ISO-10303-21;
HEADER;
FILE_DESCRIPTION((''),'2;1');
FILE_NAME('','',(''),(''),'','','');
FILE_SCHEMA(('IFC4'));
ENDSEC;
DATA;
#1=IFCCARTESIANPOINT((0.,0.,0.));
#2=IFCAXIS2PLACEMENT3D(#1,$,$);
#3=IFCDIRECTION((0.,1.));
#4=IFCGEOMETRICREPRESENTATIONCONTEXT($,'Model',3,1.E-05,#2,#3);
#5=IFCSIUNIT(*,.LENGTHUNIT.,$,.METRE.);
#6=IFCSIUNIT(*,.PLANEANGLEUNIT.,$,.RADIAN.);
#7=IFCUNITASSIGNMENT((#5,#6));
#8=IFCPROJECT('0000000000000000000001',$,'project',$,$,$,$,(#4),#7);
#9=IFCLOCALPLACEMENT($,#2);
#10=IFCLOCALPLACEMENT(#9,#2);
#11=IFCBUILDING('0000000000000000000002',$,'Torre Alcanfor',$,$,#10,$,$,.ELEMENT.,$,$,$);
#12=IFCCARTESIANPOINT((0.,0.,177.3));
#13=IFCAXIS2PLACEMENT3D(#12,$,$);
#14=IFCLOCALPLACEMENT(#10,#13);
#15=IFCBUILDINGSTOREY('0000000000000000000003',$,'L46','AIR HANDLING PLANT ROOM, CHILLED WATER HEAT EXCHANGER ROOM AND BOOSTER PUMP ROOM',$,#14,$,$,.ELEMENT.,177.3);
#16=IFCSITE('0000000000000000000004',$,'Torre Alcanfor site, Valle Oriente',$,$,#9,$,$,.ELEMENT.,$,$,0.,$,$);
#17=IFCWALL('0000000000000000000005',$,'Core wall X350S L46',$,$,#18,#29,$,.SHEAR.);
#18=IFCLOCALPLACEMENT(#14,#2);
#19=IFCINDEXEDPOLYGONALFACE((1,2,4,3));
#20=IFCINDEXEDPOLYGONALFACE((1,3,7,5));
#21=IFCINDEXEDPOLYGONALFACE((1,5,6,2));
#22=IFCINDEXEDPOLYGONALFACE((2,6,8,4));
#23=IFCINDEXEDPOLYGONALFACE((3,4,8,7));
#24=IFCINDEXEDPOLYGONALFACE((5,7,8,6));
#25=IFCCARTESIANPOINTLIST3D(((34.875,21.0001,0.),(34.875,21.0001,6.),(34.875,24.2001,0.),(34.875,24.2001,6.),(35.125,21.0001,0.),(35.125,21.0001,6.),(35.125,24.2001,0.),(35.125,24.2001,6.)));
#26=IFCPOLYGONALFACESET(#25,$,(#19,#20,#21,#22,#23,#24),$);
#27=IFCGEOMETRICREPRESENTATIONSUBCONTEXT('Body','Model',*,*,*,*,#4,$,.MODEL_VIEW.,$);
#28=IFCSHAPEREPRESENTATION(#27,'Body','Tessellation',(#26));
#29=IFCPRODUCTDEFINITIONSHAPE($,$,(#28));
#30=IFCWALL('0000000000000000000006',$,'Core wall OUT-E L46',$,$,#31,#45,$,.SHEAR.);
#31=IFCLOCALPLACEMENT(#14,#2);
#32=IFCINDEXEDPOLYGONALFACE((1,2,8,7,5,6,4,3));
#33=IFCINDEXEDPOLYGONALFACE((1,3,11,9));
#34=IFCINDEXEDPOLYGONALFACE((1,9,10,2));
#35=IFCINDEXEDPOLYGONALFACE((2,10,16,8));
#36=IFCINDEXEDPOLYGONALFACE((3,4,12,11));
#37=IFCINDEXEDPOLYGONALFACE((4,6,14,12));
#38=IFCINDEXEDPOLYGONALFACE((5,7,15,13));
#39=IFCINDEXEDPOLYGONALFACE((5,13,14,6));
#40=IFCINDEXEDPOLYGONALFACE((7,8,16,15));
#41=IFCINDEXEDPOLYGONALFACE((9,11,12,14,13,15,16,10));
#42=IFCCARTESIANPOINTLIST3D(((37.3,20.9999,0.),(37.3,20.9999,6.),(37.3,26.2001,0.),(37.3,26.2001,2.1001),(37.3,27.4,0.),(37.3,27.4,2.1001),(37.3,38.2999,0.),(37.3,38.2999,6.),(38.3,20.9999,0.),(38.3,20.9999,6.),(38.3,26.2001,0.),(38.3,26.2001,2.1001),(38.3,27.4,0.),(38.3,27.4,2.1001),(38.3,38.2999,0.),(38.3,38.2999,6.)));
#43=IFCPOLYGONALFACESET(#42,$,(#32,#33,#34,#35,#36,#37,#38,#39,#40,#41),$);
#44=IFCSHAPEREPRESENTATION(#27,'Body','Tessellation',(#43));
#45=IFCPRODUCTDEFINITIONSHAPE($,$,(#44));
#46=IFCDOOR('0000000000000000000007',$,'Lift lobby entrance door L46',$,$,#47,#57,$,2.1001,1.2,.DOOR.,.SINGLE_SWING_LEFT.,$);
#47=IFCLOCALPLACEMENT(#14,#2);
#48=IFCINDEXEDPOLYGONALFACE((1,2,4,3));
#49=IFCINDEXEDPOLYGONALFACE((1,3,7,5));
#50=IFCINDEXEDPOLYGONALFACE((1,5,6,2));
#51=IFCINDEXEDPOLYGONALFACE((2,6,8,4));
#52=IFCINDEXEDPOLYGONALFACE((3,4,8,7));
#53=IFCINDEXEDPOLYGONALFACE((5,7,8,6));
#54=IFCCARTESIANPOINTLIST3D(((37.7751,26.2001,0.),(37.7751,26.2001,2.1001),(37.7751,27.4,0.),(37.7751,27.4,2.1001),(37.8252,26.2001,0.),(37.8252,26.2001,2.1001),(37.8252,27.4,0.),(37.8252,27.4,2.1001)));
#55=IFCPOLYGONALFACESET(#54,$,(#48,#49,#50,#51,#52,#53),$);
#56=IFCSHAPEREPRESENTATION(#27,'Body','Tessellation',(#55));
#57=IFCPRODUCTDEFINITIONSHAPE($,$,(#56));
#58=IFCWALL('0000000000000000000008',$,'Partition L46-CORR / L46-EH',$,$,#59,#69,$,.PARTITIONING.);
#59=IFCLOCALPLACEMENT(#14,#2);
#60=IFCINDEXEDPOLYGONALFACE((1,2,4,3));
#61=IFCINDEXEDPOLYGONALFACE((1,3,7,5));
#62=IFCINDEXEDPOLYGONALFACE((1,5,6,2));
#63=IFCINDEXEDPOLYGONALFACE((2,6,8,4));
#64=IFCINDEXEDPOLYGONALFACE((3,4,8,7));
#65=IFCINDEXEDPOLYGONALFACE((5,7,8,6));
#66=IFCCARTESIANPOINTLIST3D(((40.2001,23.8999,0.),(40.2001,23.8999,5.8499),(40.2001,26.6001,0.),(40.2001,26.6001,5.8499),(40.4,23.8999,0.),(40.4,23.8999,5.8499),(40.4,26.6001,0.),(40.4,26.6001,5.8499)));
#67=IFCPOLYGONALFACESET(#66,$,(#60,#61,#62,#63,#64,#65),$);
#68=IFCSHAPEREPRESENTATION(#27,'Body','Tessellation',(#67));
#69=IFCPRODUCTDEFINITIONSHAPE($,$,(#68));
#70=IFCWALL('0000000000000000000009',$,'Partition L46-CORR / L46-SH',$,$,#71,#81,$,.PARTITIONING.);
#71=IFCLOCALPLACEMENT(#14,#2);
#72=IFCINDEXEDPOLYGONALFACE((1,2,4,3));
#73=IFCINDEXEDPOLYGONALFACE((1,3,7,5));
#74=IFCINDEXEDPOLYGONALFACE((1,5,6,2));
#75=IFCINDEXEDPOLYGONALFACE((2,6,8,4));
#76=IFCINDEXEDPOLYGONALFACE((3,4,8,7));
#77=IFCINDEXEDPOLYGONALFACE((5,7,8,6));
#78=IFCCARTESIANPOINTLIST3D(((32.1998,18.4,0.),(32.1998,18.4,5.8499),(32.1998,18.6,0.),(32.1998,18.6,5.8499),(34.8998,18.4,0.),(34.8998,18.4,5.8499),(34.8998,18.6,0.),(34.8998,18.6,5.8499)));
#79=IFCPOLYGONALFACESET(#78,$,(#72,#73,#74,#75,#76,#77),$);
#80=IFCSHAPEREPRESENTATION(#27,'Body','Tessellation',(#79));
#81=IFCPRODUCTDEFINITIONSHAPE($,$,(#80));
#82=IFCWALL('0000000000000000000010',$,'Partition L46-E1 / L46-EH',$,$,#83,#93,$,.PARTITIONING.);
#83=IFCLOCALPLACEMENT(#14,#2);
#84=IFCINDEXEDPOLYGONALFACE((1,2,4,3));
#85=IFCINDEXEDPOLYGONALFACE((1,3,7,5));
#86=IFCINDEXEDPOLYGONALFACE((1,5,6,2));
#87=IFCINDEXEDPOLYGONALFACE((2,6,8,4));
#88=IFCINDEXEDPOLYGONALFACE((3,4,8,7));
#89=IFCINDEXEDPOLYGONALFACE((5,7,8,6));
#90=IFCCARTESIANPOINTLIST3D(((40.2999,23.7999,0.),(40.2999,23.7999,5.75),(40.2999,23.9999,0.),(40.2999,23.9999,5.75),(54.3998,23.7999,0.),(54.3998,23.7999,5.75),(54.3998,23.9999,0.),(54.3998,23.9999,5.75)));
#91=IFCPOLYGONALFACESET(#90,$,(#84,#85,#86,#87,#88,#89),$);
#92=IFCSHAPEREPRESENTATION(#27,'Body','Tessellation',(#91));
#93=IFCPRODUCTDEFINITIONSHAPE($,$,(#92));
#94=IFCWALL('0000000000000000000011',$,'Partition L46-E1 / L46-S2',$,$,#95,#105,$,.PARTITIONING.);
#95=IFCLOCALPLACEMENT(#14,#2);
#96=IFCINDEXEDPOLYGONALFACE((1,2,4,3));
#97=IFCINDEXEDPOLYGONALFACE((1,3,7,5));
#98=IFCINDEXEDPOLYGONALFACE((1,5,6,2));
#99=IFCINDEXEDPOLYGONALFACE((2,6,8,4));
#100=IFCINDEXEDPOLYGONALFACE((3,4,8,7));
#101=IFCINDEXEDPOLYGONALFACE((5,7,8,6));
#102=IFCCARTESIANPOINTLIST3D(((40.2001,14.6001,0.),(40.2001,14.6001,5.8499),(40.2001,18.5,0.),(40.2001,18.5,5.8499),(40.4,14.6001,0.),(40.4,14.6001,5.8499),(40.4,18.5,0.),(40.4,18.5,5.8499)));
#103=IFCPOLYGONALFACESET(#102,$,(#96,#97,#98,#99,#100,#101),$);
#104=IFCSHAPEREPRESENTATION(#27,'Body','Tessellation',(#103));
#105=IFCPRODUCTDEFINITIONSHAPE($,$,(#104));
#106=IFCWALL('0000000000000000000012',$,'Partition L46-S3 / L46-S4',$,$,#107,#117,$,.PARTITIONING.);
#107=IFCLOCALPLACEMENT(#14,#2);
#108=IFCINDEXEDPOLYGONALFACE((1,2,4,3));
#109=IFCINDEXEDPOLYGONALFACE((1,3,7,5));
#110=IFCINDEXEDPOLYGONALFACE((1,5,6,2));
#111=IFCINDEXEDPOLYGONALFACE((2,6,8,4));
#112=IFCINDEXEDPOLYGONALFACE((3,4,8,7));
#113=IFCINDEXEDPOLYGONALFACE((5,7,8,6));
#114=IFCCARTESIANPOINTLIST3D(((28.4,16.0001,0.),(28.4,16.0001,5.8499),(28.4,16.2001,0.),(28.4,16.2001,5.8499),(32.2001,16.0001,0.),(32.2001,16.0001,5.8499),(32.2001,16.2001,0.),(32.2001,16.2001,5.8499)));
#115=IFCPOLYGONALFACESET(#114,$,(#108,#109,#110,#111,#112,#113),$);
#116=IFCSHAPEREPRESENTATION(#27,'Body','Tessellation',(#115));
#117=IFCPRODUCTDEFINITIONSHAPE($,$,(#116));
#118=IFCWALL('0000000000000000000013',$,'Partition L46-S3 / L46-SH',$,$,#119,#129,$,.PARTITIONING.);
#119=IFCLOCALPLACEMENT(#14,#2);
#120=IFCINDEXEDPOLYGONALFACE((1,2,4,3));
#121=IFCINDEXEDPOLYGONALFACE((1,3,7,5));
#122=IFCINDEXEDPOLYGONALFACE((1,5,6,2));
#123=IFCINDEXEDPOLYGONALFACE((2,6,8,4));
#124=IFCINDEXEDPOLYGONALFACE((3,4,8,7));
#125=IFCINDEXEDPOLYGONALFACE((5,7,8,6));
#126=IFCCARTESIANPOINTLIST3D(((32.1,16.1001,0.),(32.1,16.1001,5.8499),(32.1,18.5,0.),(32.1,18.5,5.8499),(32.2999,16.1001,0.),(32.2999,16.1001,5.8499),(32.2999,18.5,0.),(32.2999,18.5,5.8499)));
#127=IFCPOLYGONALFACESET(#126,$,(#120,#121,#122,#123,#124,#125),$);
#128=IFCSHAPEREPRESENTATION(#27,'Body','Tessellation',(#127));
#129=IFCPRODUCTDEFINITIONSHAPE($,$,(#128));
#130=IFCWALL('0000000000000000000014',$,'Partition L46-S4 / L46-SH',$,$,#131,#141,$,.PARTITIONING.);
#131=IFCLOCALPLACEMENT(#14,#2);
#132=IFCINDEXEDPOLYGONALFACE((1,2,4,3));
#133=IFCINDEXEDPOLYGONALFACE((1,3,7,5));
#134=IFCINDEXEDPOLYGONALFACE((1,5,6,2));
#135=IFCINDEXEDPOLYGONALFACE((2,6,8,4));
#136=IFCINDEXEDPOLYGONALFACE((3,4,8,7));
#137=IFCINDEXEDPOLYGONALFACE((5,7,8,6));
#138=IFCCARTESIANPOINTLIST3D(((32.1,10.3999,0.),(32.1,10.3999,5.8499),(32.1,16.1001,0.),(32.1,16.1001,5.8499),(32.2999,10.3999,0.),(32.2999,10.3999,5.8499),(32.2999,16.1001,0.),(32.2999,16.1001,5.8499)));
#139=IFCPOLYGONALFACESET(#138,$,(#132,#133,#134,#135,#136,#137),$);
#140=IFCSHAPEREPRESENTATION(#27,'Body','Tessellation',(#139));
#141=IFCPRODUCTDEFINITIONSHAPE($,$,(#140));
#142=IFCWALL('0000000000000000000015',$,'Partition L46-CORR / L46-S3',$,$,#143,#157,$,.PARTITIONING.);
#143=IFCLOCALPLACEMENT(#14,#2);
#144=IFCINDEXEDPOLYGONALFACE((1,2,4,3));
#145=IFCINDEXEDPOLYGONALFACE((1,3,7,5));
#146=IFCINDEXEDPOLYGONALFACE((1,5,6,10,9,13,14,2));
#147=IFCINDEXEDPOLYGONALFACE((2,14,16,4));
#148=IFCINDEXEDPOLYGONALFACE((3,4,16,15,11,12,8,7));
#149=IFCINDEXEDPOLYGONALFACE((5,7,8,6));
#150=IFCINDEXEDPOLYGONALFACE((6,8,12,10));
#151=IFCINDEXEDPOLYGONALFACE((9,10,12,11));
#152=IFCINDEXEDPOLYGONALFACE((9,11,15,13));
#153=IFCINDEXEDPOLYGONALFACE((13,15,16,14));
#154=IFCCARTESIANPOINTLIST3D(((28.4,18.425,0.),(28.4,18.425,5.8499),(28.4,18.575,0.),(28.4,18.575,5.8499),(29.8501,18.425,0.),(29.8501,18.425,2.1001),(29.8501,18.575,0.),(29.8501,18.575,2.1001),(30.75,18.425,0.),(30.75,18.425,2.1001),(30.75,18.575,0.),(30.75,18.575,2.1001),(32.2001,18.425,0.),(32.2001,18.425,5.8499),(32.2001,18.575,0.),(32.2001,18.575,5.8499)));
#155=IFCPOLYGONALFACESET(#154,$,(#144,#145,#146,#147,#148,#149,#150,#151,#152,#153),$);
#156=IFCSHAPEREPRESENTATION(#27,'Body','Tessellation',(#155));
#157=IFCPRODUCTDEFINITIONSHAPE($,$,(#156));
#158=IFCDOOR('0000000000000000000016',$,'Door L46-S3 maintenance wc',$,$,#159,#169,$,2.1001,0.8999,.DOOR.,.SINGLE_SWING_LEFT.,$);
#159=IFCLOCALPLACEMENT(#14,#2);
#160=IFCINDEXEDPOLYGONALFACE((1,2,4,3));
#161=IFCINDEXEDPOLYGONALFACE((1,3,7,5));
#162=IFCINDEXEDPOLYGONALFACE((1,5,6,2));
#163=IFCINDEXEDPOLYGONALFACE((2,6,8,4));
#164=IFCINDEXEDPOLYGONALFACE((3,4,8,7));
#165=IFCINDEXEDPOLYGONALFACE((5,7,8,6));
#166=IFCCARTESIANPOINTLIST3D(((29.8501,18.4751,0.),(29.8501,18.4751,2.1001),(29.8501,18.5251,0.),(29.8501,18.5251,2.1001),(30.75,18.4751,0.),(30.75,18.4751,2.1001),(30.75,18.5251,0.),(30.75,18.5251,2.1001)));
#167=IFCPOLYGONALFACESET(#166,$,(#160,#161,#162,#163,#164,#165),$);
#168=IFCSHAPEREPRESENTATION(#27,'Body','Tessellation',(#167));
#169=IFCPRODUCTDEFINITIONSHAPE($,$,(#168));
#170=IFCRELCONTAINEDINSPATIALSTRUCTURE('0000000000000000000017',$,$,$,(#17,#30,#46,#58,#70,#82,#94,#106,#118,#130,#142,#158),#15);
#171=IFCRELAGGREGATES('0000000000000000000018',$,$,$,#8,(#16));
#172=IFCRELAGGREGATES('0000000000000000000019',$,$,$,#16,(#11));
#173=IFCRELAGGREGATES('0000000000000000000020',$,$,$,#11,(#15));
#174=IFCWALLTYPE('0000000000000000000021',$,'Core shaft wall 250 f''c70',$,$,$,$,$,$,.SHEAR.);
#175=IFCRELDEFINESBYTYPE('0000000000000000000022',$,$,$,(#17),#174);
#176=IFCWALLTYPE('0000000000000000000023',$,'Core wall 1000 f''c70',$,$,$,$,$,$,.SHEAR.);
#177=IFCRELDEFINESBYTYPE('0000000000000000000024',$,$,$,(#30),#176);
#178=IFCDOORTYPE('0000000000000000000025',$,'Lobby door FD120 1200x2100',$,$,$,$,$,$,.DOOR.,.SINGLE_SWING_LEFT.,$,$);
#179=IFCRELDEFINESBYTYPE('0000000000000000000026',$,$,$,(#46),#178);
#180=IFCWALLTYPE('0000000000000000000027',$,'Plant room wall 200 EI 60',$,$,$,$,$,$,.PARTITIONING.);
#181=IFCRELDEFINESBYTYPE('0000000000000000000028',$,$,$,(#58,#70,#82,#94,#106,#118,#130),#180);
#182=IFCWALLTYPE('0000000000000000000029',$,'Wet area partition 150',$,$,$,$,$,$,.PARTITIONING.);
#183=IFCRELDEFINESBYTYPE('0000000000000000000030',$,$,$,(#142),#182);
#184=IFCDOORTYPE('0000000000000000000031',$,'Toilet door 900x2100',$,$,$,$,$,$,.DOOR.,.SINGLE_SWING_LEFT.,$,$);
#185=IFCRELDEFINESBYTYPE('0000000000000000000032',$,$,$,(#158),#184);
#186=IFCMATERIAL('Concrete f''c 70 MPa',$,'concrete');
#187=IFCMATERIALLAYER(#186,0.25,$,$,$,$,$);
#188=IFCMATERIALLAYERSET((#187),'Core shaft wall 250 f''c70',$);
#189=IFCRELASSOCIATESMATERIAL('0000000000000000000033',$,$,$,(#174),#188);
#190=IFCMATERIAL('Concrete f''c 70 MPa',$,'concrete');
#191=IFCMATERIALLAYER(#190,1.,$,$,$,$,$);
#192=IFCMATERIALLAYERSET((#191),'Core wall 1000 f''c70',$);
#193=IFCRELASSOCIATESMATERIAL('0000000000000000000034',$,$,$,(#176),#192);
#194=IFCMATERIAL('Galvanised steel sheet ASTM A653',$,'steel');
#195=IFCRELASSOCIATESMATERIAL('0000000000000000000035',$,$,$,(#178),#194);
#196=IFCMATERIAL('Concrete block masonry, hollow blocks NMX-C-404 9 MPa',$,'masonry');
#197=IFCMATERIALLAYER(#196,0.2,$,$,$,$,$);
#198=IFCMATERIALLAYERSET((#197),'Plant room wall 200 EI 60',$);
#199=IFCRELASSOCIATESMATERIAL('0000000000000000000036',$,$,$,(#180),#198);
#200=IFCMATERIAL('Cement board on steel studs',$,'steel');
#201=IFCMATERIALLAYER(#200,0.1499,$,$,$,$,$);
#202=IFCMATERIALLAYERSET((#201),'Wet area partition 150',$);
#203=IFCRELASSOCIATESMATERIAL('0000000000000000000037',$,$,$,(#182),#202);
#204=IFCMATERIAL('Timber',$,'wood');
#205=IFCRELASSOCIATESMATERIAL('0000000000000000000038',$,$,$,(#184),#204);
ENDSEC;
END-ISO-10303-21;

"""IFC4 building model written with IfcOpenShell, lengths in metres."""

from ifc_helpers import new_model, si_unit, direction, frame, frame_2d, origin, place, context, subcontext, project, spatial, rectangle, extrude, material, layer, layer_set, type_object, element, fill, save


model = new_model("IFC4")

# Units and contexts
model_context = context("Model", 3, precision=1e-05, world=origin(), true_north=direction((0.0, 1.0)))
body_context = subcontext(model_context, "Body", "Model", "MODEL_VIEW")
ifc_project = project(units=[si_unit("LENGTHUNIT", "METRE"), si_unit("PLANEANGLEUNIT", "RADIAN")], contexts=[model_context])

# Site, building, storey
site_placement = place(None, origin())
site = spatial("IfcSite", under=ifc_project, at=site_placement, Name="Torre Alcanfor site, Valle Oriente", CompositionType="ELEMENT", RefElevation=0.0)
building_placement = place(site_placement, origin())
building = spatial("IfcBuilding", under=site, at=building_placement, Name="Torre Alcanfor", CompositionType="ELEMENT")
storey_placement = place(building_placement, frame((0.0, 0.0, 177.3)))
storey = spatial("IfcBuildingStorey", under=building, at=storey_placement, Name="L46", Description="AIR HANDLING PLANT ROOM, CHILLED WATER HEAT EXCHANGER ROOM AND BOOSTER PUMP ROOM", CompositionType="ELEMENT", Elevation=177.3)

# Wall
ifc_material_1 = material(Name="Concrete f'c 70 MPa", Category="concrete")
ifc_layer_1 = layer(ifc_material_1, 0.25)
ifc_layer_set_1 = layer_set([ifc_layer_1], Name="Core shaft wall 250 f'c70")
wall_type_1 = type_object("IfcWallType", Name="Core shaft wall 250 f'c70", PredefinedType="SHEAR", material=ifc_layer_set_1)
for number, where, z_axis, x_axis, name in (
    (1, (35.0, 21.0, 0.0), (0.0, 0.0, 1.0), (0.0, 1.0, 0.0), "Core wall X350S L46"),
):
    element("IfcWall", number, at=place(storey_placement, frame(where, z_axis=z_axis, x_axis=x_axis)), inside=storey, type_object=wall_type_1, Name=name, PredefinedType="SHEAR", context=body_context, shape_type="SweptSolid", body=[
        extrude(rectangle(XDim=3.2, YDim=0.25, at=frame_2d((1.6001, 0.0))), origin(), (0.0, 0.0, 1.0), 6.0),
    ])

# Wall, opening, door
ifc_material_2 = material(Name="Concrete f'c 70 MPa", Category="concrete")
ifc_layer_2 = layer(ifc_material_2, 1.0)
ifc_layer_set_2 = layer_set([ifc_layer_2], Name="Core wall 1000 f'c70")
wall_type_2 = type_object("IfcWallType", Name="Core wall 1000 f'c70", PredefinedType="SHEAR", material=ifc_layer_set_2)
wall_1_placement = place(storey_placement, frame((37.8, 21.0, 0.0), z_axis=(0.0, 0.0, 1.0), x_axis=(0.0, 1.0, 0.0)))
wall_1 = element("IfcWall", 2, at=wall_1_placement, inside=storey, type_object=wall_type_2, Name="Core wall OUT-E L46", PredefinedType="SHEAR", context=body_context, shape_type="SweptSolid", body=[
    extrude(rectangle(XDim=17.3, YDim=1.0, at=frame_2d((8.6499, 0.0))), origin(), (0.0, 0.0, 1.0), 6.0),
])
opening_1_placement = place(wall_1_placement, frame((5.2, 0.0, 0.0)))
opening_1 = element("IfcOpeningElement", 3, at=opening_1_placement, cuts=wall_1, PredefinedType="OPENING", context=body_context, shape_type="SweptSolid", body=[
    extrude(rectangle(XDim=1.2, YDim=2.1001, at=frame_2d((0.6001, 1.05))), frame((0.0, 0.51, 0.0), z_axis=(0.0, -1.0, 0.0), x_axis=(1.0, 0.0, 0.0)), (0.0, 0.0, 1.0), 1.02),
])
ifc_material_3 = material(Name="Galvanised steel sheet ASTM A653", Category="steel")
door_type_1 = type_object("IfcDoorType", Name="Lobby door FD120 1200x2100", OperationType="SINGLE_SWING_LEFT", PredefinedType="DOOR", material=ifc_material_3)
door_1_placement = place(opening_1_placement, origin())
door_1 = element("IfcDoor", 4, at=door_1_placement, inside=storey, type_object=door_type_1, Name="Lift lobby entrance door L46", OperationType="SINGLE_SWING_LEFT", OverallHeight=2.1001, OverallWidth=1.2, PredefinedType="DOOR", context=body_context, shape_type="SweptSolid", body=[
    extrude(rectangle(XDim=1.2, YDim=2.1001, at=frame_2d((0.6001, 1.05))), frame((0.0, 0.0249, 0.0), z_axis=(0.0, -1.0, 0.0), x_axis=(1.0, 0.0, 0.0)), (0.0, 0.0, 1.0), 0.05),
])
fill(opening_1, door_1)
ifc_material_4 = material(Name="Concrete block masonry, hollow blocks NMX-C-404 9 MPa", Category="masonry")
ifc_layer_3 = layer(ifc_material_4, 0.2)
ifc_layer_set_3 = layer_set([ifc_layer_3], Name="Plant room wall 200 EI 60")
wall_type_3 = type_object("IfcWallType", Name="Plant room wall 200 EI 60", PredefinedType="PARTITIONING", material=ifc_layer_set_3)

# Wall
wall_2_placement = place(storey_placement, frame((40.3, 26.6001, 0.0), z_axis=(0.0, 0.0, 1.0), x_axis=(0.0, -1.0, 0.0)))
element("IfcWall", 5, at=wall_2_placement, inside=storey, type_object=wall_type_3, Name="Partition L46-CORR / L46-EH", PredefinedType="PARTITIONING", context=body_context, shape_type="SweptSolid", body=[
    extrude(rectangle(XDim=2.7002, YDim=0.2, at=frame_2d((1.3501, 0.0))), origin(), (0.0, 0.0, 1.0), 5.8499),
])

# Walls
wall_3_placement = place(storey_placement, frame((34.8999, 18.5, 0.0), z_axis=(0.0, 0.0, 1.0), x_axis=(-1.0, 0.0, 0.0)))
element("IfcWall", 6, at=wall_3_placement, inside=storey, type_object=wall_type_3, Name="Partition L46-CORR / L46-SH", PredefinedType="PARTITIONING", context=body_context, shape_type="SweptSolid", body=[
    extrude(rectangle(XDim=2.7, YDim=0.2, at=frame_2d((1.3501, 0.0))), origin(), (0.0, 0.0, 1.0), 5.8499),
])
wall_4_placement = place(storey_placement, frame((40.3, 23.8999, 0.0), z_axis=(0.0, 0.0, 1.0), x_axis=(1.0, 0.0, 0.0)))
element("IfcWall", 7, at=wall_4_placement, inside=storey, type_object=wall_type_3, Name="Partition L46-E1 / L46-EH", PredefinedType="PARTITIONING", context=body_context, shape_type="SweptSolid", body=[
    extrude(rectangle(XDim=14.0999, YDim=0.2, at=frame_2d((7.0498, 0.0))), origin(), (0.0, 0.0, 1.0), 5.75),
])
wall_5_placement = place(storey_placement, frame((40.3, 14.6001, 0.0), z_axis=(0.0, 0.0, 1.0), x_axis=(0.0, 1.0, 0.0)))
element("IfcWall", 8, at=wall_5_placement, inside=storey, type_object=wall_type_3, Name="Partition L46-E1 / L46-S2", PredefinedType="PARTITIONING", context=body_context, shape_type="SweptSolid", body=[
    extrude(rectangle(XDim=3.8999, YDim=0.2, at=frame_2d((1.95, 0.0))), origin(), (0.0, 0.0, 1.0), 5.8499),
])

# Walls
wall_6_placement = place(storey_placement, frame((32.2, 16.1001, 0.0), z_axis=(0.0, 0.0, 1.0), x_axis=(-1.0, 0.0, 0.0)))
element("IfcWall", 9, at=wall_6_placement, inside=storey, type_object=wall_type_3, Name="Partition L46-S3 / L46-S4", PredefinedType="PARTITIONING", context=body_context, shape_type="SweptSolid", body=[
    extrude(rectangle(XDim=3.8, YDim=0.2, at=frame_2d((1.8999, 0.0))), origin(), (0.0, 0.0, 1.0), 5.8499),
])
wall_7_placement = place(storey_placement, frame((32.2, 18.5, 0.0), z_axis=(0.0, 0.0, 1.0), x_axis=(0.0, -1.0, 0.0)))
element("IfcWall", 10, at=wall_7_placement, inside=storey, type_object=wall_type_3, Name="Partition L46-S3 / L46-SH", PredefinedType="PARTITIONING", context=body_context, shape_type="SweptSolid", body=[
    extrude(rectangle(XDim=2.3999, YDim=0.2, at=frame_2d((1.2, 0.0))), origin(), (0.0, 0.0, 1.0), 5.8499),
])
wall_8_placement = place(storey_placement, frame((32.2, 16.1001, 0.0), z_axis=(0.0, 0.0, 1.0), x_axis=(0.0, -1.0, 0.0)))
element("IfcWall", 11, at=wall_8_placement, inside=storey, type_object=wall_type_3, Name="Partition L46-S4 / L46-SH", PredefinedType="PARTITIONING", context=body_context, shape_type="SweptSolid", body=[
    extrude(rectangle(XDim=5.7002, YDim=0.2, at=frame_2d((2.8501, 0.0))), origin(), (0.0, 0.0, 1.0), 5.8499),
])

# Wall, opening, door
ifc_material_5 = material(Name="Cement board on steel studs", Category="steel")
ifc_layer_4 = layer(ifc_material_5, 0.1499)
ifc_layer_set_4 = layer_set([ifc_layer_4], Name="Wet area partition 150")
wall_type_4 = type_object("IfcWallType", Name="Wet area partition 150", PredefinedType="PARTITIONING", material=ifc_layer_set_4)
wall_9_placement = place(storey_placement, frame((32.2, 18.5, 0.0), z_axis=(0.0, 0.0, 1.0), x_axis=(-1.0, 0.0, 0.0)))
wall_9 = element("IfcWall", 12, at=wall_9_placement, inside=storey, type_object=wall_type_4, Name="Partition L46-CORR / L46-S3", PredefinedType="PARTITIONING", context=body_context, shape_type="SweptSolid", body=[
    extrude(rectangle(XDim=3.8, YDim=0.1499, at=frame_2d((1.8999, 0.0))), origin(), (0.0, 0.0, 1.0), 5.8499),
])
opening_2_placement = place(wall_9_placement, frame((1.45, 0.0, 0.0)))
opening_2 = element("IfcOpeningElement", 13, at=opening_2_placement, cuts=wall_9, PredefinedType="OPENING", context=body_context, shape_type="SweptSolid", body=[
    extrude(rectangle(XDim=0.8999, YDim=2.1001, at=frame_2d((0.45, 1.05))), frame((0.0, 0.085, 0.0), z_axis=(0.0, -1.0, 0.0), x_axis=(1.0, 0.0, 0.0)), (0.0, 0.0, 1.0), 0.1699),
])
ifc_material_6 = material(Name="Timber", Category="wood")
door_type_2 = type_object("IfcDoorType", Name="Toilet door 900x2100", OperationType="SINGLE_SWING_LEFT", PredefinedType="DOOR", material=ifc_material_6)
door_2_placement = place(opening_2_placement, origin())
door_2 = element("IfcDoor", 14, at=door_2_placement, inside=storey, type_object=door_type_2, Name="Door L46-S3 maintenance wc", OperationType="SINGLE_SWING_LEFT", OverallHeight=2.1001, OverallWidth=0.8999, PredefinedType="DOOR", context=body_context, shape_type="SweptSolid", body=[
    extrude(rectangle(XDim=0.8999, YDim=2.1001, at=frame_2d((0.45, 1.05))), frame((0.0, 0.0249, 0.0), z_axis=(0.0, -1.0, 0.0), x_axis=(1.0, 0.0, 0.0)), (0.0, 0.0, 1.0), 0.05),
])
fill(opening_2, door_2)

save(model, "model.ifc")
